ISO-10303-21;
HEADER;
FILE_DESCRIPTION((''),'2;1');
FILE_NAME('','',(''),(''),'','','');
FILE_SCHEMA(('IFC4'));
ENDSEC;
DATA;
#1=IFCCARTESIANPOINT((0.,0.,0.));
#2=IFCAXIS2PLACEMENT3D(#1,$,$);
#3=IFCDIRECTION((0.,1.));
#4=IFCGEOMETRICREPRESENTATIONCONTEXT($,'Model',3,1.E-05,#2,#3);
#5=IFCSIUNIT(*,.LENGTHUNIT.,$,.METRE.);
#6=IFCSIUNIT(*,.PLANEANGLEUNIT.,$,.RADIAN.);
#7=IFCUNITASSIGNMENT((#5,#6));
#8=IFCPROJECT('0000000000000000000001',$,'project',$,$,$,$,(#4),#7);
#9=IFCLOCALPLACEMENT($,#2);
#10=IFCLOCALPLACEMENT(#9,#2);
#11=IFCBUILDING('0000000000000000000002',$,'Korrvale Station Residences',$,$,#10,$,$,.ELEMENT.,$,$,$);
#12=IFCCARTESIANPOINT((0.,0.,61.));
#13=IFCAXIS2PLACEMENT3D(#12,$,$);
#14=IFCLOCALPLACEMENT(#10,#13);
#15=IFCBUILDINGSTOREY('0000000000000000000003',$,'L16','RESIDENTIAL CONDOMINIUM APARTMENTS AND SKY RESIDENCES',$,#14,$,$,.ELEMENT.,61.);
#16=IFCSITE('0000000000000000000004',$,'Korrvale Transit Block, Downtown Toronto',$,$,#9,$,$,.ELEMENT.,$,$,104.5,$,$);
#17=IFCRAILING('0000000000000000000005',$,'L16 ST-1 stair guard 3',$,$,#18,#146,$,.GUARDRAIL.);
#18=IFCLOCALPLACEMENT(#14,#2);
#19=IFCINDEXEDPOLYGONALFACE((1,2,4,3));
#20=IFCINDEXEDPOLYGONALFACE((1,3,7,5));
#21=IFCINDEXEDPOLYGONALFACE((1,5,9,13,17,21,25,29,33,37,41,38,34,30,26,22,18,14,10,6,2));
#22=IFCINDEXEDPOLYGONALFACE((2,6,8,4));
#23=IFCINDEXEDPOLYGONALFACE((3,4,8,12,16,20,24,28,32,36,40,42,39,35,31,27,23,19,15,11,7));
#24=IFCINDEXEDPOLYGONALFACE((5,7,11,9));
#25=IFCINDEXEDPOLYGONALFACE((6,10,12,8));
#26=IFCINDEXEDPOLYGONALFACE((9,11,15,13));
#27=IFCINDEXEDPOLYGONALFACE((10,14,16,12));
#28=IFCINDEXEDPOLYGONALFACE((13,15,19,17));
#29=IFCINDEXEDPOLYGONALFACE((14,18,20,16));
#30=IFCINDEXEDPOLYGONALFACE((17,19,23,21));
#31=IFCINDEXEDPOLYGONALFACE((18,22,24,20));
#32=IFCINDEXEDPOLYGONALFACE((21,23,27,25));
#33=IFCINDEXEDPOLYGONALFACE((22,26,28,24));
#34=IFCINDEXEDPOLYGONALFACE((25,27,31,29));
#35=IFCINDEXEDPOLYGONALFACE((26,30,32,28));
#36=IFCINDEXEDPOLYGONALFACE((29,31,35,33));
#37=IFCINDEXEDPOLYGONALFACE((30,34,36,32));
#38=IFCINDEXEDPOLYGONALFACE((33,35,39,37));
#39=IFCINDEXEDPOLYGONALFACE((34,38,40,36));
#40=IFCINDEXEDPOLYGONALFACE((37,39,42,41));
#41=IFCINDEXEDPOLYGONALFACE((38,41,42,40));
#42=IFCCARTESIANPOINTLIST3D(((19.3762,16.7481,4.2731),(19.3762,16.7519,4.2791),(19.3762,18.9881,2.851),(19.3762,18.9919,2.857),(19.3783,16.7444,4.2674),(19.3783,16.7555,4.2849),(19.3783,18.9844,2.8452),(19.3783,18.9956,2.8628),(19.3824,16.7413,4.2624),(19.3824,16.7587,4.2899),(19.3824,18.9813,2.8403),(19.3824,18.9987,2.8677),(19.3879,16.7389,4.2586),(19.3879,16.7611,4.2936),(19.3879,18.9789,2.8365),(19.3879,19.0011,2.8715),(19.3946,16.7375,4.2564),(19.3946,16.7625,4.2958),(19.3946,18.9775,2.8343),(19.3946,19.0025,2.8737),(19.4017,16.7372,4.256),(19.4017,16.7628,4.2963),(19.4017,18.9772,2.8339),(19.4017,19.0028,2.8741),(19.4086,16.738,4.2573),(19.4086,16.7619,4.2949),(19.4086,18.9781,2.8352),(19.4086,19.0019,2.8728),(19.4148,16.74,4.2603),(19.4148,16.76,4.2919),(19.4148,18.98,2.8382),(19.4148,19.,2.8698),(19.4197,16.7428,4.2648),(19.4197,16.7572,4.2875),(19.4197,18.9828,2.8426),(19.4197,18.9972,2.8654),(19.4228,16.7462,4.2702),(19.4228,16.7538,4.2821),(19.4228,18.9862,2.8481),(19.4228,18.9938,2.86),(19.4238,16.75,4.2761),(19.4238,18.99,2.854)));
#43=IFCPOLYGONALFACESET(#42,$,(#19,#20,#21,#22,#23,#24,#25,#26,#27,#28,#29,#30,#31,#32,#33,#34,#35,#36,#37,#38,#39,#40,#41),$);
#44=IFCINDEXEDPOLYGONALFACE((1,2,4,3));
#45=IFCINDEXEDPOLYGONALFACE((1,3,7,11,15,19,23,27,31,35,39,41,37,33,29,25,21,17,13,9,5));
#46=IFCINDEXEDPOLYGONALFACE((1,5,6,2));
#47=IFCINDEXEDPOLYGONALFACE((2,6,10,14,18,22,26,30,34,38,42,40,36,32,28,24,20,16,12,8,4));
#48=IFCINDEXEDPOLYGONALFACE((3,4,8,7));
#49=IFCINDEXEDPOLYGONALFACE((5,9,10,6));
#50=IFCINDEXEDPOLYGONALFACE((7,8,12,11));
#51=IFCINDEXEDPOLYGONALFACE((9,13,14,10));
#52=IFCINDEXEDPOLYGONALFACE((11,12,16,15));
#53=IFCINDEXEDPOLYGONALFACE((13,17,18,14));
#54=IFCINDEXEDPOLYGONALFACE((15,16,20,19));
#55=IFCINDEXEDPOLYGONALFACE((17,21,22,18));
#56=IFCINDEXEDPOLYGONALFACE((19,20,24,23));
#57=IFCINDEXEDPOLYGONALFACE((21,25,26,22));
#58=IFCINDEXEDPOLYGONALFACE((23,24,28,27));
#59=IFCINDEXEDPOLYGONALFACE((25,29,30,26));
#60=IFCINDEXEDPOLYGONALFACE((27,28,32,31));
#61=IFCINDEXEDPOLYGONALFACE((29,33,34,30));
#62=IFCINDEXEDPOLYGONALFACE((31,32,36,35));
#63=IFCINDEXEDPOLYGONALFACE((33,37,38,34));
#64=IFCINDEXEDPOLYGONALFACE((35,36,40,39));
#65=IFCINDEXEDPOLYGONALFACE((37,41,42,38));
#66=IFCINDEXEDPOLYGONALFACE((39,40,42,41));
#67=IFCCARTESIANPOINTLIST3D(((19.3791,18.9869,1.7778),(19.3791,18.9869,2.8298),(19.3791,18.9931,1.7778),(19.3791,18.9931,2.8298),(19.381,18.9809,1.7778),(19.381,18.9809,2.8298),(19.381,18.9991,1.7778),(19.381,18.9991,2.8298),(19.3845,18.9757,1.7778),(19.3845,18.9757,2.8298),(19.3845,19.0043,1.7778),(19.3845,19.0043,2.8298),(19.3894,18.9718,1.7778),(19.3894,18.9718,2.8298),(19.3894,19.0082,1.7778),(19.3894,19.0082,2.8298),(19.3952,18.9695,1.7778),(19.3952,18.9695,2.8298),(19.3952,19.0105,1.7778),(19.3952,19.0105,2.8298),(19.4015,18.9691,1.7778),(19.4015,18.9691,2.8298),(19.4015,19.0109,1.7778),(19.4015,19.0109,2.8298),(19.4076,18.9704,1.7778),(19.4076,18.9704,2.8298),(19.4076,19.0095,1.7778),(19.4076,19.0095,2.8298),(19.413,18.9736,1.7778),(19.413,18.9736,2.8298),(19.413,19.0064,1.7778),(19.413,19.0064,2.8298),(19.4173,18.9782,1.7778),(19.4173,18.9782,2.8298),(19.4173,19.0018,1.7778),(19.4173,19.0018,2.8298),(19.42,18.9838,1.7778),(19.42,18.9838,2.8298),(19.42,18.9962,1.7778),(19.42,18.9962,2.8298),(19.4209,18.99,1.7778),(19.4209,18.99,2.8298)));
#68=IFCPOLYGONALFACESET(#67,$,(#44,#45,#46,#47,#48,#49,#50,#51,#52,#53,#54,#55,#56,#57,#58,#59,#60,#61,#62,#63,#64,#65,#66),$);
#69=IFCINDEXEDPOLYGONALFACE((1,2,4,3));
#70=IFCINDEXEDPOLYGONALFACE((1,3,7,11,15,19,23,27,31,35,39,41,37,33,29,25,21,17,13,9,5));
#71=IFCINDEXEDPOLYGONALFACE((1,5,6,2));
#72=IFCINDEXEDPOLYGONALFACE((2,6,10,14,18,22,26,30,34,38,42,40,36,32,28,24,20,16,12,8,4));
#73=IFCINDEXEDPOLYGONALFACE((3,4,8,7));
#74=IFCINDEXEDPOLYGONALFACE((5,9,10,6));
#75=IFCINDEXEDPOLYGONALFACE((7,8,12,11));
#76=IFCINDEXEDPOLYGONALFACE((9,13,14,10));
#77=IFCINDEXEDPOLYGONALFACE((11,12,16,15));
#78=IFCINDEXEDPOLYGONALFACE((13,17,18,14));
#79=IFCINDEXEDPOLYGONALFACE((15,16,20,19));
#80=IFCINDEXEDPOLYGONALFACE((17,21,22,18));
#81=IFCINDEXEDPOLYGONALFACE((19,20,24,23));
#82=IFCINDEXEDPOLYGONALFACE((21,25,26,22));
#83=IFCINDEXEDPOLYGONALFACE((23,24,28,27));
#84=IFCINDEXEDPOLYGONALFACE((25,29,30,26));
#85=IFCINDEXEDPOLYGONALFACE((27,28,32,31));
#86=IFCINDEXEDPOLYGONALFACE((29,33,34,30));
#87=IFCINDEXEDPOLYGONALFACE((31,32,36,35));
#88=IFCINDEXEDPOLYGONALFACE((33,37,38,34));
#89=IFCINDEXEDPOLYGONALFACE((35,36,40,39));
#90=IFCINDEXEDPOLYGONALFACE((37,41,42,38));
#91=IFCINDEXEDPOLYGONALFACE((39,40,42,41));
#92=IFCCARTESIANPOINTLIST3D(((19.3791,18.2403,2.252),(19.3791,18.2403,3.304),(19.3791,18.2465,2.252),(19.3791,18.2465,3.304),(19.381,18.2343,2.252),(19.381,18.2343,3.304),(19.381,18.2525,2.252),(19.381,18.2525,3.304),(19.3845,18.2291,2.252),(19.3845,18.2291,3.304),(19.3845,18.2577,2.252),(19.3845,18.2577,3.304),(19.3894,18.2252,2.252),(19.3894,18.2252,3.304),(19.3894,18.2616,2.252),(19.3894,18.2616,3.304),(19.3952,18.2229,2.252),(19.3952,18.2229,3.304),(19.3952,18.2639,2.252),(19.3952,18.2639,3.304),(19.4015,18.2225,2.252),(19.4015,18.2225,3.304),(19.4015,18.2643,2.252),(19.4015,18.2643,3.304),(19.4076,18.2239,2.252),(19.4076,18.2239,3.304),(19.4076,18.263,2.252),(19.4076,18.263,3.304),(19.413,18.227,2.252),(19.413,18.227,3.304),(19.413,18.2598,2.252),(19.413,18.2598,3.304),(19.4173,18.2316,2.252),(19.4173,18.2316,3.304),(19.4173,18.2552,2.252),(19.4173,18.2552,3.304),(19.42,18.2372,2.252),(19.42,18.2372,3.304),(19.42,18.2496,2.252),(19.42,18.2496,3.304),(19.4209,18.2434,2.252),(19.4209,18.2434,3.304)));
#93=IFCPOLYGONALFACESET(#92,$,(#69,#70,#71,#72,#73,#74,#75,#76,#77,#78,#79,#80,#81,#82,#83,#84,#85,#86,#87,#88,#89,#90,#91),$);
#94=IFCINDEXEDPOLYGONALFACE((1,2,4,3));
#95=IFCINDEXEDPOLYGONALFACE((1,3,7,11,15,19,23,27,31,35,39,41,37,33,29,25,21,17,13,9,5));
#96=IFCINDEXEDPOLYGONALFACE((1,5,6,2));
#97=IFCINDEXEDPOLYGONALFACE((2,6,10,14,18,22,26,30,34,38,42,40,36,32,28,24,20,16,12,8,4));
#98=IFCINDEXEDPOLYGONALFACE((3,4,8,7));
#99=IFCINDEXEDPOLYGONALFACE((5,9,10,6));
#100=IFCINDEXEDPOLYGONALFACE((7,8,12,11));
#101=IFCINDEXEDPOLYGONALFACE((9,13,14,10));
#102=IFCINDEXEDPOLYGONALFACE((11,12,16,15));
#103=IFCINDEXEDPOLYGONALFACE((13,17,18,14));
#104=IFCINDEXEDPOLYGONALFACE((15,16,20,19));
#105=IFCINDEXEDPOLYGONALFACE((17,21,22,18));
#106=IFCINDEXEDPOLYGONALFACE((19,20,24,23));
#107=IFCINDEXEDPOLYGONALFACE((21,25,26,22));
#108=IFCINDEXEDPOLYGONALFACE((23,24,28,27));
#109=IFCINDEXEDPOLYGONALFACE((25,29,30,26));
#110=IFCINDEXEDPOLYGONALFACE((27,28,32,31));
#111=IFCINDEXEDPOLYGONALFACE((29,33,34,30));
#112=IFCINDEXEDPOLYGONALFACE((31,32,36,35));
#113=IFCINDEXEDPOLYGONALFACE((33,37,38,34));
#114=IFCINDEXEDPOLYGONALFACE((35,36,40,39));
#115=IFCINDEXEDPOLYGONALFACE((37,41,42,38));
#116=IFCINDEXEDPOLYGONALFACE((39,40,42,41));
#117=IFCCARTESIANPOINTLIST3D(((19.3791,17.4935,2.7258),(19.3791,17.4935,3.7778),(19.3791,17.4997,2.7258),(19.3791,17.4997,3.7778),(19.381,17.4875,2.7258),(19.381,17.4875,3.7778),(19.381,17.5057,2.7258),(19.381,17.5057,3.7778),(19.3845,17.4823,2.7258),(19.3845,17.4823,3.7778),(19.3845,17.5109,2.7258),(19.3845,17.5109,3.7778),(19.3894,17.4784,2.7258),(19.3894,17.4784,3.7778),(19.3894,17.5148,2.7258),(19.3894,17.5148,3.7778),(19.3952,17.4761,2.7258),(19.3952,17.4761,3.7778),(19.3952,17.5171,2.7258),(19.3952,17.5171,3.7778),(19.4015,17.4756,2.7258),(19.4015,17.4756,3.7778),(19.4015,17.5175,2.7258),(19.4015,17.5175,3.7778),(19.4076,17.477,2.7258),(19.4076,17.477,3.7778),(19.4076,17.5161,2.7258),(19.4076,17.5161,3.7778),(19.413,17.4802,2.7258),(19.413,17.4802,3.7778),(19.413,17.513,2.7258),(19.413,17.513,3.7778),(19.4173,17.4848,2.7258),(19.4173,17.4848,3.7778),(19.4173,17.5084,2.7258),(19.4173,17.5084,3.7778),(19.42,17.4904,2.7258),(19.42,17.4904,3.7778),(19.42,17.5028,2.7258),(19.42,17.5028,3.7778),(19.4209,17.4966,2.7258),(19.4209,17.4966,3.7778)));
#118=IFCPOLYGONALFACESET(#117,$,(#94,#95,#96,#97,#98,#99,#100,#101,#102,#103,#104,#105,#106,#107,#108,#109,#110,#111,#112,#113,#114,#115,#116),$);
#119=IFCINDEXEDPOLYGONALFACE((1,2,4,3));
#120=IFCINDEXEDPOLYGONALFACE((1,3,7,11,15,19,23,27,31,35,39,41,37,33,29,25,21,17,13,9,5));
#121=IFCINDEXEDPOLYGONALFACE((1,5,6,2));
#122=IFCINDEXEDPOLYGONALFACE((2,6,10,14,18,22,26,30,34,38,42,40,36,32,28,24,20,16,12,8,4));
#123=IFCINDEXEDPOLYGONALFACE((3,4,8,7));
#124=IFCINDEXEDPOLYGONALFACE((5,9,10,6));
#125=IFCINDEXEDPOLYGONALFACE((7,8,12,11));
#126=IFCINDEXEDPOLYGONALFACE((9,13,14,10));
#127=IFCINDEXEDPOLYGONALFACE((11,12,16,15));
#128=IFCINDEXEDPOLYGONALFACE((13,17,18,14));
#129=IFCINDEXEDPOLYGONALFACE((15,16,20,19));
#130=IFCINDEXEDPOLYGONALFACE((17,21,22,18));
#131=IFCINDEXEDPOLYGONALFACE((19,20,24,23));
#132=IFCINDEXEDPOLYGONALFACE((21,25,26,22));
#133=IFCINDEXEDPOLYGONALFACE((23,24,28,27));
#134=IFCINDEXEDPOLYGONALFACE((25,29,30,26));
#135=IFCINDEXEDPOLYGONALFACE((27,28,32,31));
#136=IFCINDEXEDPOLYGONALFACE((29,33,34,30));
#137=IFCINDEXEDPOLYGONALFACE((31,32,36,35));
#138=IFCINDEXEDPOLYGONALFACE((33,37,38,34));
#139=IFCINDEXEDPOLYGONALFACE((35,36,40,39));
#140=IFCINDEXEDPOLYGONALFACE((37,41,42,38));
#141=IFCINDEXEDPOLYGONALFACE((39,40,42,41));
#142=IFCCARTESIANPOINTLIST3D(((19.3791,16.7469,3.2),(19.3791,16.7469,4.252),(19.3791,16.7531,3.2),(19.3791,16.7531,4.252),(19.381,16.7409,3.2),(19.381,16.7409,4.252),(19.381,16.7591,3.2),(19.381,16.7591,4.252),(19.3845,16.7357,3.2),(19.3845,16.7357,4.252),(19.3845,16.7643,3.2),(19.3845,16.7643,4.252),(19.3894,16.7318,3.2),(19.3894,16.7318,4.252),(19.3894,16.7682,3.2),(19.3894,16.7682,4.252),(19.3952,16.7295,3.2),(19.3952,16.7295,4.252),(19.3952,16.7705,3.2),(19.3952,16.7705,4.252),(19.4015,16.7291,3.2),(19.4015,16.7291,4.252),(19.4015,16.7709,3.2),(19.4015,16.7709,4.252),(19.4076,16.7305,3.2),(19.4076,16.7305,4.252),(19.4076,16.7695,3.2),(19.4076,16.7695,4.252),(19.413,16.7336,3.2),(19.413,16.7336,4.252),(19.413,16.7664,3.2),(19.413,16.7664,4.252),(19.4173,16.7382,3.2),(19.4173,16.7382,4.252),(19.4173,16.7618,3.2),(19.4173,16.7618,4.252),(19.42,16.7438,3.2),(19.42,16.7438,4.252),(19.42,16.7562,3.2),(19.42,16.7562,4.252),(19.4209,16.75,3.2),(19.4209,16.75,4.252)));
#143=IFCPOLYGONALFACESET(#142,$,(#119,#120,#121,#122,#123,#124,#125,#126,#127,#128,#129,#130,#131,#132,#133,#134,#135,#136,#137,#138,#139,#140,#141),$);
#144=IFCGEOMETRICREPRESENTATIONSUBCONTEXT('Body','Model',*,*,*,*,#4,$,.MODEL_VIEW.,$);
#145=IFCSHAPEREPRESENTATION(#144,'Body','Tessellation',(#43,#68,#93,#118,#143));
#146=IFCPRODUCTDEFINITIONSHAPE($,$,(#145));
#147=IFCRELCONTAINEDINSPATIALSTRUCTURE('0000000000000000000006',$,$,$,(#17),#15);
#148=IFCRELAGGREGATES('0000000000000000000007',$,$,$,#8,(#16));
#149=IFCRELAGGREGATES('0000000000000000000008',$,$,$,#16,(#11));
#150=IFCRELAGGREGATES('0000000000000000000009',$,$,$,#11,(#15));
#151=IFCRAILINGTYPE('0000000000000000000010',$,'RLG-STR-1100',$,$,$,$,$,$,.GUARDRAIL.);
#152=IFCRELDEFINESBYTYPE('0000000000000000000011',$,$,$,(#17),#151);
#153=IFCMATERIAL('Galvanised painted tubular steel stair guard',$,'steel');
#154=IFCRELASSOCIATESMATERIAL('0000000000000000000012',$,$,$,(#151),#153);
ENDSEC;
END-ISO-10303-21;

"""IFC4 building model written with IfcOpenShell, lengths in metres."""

from ifc_helpers import new_model, si_unit, direction, frame, origin, origin_2d, place, context, subcontext, project, spatial, circle, extrude, material, type_object, element, save


model = new_model("IFC4")

# Units and contexts
model_context = context("Model", 3, precision=1e-05, world=origin(), true_north=direction((0.0, 1.0)))
body_context = subcontext(model_context, "Body", "Model", "MODEL_VIEW")
ifc_project = project(units=[si_unit("LENGTHUNIT", "METRE"), si_unit("PLANEANGLEUNIT", "RADIAN")], contexts=[model_context])

# Site, building, storey
site_placement = place(None, origin())
site = spatial("IfcSite", under=ifc_project, at=site_placement, Name="Korrvale Transit Block, Downtown Toronto", CompositionType="ELEMENT", RefElevation=104.5)
building_placement = place(site_placement, origin())
building = spatial("IfcBuilding", under=site, at=building_placement, Name="Korrvale Station Residences", CompositionType="ELEMENT")
storey_placement = place(building_placement, frame((0.0, 0.0, 61.0)))
storey = spatial("IfcBuildingStorey", under=building, at=storey_placement, Name="L16", Description="RESIDENTIAL CONDOMINIUM APARTMENTS AND SKY RESIDENCES", CompositionType="ELEMENT", Elevation=61.0)

# Railing
ifc_material_1 = material(Name="Galvanised painted tubular steel stair guard", Category="steel")
railing_type_1 = type_object("IfcRailingType", Name="RLG-STR-1100", PredefinedType="GUARDRAIL", material=ifc_material_1)
railing_1_placement = place(storey_placement, frame((19.3999, 18.99, 1.7778)))
element("IfcRailing", 1, at=railing_1_placement, inside=storey, type_object=railing_type_1, Name="L16 ST-1 stair guard 3", PredefinedType="GUARDRAIL", context=body_context, shape_type="SweptSolid", body=[
    extrude(circle(Radius=0.0239, at=origin_2d()), frame((0.0, 0.0, 1.0762), z_axis=(0.0, -0.844229, 0.535982), x_axis=(1.0, 0.0, 0.0)), (0.0, 0.0, 1.0), 2.6533),
    extrude(circle(Radius=0.021, at=origin_2d()), origin(), (0.0, 0.0, 1.0), 1.052),
    extrude(circle(Radius=0.021, at=origin_2d()), frame((0.0, -0.7466, 0.4741)), (0.0, 0.0, 1.0), 1.052),
    extrude(circle(Radius=0.021, at=origin_2d()), frame((0.0, -1.4934, 0.948)), (0.0, 0.0, 1.0), 1.052),
    extrude(circle(Radius=0.021, at=origin_2d()), frame((0.0, -2.24, 1.4221)), (0.0, 0.0, 1.0), 1.052),
])

save(model, "model.ifc")
